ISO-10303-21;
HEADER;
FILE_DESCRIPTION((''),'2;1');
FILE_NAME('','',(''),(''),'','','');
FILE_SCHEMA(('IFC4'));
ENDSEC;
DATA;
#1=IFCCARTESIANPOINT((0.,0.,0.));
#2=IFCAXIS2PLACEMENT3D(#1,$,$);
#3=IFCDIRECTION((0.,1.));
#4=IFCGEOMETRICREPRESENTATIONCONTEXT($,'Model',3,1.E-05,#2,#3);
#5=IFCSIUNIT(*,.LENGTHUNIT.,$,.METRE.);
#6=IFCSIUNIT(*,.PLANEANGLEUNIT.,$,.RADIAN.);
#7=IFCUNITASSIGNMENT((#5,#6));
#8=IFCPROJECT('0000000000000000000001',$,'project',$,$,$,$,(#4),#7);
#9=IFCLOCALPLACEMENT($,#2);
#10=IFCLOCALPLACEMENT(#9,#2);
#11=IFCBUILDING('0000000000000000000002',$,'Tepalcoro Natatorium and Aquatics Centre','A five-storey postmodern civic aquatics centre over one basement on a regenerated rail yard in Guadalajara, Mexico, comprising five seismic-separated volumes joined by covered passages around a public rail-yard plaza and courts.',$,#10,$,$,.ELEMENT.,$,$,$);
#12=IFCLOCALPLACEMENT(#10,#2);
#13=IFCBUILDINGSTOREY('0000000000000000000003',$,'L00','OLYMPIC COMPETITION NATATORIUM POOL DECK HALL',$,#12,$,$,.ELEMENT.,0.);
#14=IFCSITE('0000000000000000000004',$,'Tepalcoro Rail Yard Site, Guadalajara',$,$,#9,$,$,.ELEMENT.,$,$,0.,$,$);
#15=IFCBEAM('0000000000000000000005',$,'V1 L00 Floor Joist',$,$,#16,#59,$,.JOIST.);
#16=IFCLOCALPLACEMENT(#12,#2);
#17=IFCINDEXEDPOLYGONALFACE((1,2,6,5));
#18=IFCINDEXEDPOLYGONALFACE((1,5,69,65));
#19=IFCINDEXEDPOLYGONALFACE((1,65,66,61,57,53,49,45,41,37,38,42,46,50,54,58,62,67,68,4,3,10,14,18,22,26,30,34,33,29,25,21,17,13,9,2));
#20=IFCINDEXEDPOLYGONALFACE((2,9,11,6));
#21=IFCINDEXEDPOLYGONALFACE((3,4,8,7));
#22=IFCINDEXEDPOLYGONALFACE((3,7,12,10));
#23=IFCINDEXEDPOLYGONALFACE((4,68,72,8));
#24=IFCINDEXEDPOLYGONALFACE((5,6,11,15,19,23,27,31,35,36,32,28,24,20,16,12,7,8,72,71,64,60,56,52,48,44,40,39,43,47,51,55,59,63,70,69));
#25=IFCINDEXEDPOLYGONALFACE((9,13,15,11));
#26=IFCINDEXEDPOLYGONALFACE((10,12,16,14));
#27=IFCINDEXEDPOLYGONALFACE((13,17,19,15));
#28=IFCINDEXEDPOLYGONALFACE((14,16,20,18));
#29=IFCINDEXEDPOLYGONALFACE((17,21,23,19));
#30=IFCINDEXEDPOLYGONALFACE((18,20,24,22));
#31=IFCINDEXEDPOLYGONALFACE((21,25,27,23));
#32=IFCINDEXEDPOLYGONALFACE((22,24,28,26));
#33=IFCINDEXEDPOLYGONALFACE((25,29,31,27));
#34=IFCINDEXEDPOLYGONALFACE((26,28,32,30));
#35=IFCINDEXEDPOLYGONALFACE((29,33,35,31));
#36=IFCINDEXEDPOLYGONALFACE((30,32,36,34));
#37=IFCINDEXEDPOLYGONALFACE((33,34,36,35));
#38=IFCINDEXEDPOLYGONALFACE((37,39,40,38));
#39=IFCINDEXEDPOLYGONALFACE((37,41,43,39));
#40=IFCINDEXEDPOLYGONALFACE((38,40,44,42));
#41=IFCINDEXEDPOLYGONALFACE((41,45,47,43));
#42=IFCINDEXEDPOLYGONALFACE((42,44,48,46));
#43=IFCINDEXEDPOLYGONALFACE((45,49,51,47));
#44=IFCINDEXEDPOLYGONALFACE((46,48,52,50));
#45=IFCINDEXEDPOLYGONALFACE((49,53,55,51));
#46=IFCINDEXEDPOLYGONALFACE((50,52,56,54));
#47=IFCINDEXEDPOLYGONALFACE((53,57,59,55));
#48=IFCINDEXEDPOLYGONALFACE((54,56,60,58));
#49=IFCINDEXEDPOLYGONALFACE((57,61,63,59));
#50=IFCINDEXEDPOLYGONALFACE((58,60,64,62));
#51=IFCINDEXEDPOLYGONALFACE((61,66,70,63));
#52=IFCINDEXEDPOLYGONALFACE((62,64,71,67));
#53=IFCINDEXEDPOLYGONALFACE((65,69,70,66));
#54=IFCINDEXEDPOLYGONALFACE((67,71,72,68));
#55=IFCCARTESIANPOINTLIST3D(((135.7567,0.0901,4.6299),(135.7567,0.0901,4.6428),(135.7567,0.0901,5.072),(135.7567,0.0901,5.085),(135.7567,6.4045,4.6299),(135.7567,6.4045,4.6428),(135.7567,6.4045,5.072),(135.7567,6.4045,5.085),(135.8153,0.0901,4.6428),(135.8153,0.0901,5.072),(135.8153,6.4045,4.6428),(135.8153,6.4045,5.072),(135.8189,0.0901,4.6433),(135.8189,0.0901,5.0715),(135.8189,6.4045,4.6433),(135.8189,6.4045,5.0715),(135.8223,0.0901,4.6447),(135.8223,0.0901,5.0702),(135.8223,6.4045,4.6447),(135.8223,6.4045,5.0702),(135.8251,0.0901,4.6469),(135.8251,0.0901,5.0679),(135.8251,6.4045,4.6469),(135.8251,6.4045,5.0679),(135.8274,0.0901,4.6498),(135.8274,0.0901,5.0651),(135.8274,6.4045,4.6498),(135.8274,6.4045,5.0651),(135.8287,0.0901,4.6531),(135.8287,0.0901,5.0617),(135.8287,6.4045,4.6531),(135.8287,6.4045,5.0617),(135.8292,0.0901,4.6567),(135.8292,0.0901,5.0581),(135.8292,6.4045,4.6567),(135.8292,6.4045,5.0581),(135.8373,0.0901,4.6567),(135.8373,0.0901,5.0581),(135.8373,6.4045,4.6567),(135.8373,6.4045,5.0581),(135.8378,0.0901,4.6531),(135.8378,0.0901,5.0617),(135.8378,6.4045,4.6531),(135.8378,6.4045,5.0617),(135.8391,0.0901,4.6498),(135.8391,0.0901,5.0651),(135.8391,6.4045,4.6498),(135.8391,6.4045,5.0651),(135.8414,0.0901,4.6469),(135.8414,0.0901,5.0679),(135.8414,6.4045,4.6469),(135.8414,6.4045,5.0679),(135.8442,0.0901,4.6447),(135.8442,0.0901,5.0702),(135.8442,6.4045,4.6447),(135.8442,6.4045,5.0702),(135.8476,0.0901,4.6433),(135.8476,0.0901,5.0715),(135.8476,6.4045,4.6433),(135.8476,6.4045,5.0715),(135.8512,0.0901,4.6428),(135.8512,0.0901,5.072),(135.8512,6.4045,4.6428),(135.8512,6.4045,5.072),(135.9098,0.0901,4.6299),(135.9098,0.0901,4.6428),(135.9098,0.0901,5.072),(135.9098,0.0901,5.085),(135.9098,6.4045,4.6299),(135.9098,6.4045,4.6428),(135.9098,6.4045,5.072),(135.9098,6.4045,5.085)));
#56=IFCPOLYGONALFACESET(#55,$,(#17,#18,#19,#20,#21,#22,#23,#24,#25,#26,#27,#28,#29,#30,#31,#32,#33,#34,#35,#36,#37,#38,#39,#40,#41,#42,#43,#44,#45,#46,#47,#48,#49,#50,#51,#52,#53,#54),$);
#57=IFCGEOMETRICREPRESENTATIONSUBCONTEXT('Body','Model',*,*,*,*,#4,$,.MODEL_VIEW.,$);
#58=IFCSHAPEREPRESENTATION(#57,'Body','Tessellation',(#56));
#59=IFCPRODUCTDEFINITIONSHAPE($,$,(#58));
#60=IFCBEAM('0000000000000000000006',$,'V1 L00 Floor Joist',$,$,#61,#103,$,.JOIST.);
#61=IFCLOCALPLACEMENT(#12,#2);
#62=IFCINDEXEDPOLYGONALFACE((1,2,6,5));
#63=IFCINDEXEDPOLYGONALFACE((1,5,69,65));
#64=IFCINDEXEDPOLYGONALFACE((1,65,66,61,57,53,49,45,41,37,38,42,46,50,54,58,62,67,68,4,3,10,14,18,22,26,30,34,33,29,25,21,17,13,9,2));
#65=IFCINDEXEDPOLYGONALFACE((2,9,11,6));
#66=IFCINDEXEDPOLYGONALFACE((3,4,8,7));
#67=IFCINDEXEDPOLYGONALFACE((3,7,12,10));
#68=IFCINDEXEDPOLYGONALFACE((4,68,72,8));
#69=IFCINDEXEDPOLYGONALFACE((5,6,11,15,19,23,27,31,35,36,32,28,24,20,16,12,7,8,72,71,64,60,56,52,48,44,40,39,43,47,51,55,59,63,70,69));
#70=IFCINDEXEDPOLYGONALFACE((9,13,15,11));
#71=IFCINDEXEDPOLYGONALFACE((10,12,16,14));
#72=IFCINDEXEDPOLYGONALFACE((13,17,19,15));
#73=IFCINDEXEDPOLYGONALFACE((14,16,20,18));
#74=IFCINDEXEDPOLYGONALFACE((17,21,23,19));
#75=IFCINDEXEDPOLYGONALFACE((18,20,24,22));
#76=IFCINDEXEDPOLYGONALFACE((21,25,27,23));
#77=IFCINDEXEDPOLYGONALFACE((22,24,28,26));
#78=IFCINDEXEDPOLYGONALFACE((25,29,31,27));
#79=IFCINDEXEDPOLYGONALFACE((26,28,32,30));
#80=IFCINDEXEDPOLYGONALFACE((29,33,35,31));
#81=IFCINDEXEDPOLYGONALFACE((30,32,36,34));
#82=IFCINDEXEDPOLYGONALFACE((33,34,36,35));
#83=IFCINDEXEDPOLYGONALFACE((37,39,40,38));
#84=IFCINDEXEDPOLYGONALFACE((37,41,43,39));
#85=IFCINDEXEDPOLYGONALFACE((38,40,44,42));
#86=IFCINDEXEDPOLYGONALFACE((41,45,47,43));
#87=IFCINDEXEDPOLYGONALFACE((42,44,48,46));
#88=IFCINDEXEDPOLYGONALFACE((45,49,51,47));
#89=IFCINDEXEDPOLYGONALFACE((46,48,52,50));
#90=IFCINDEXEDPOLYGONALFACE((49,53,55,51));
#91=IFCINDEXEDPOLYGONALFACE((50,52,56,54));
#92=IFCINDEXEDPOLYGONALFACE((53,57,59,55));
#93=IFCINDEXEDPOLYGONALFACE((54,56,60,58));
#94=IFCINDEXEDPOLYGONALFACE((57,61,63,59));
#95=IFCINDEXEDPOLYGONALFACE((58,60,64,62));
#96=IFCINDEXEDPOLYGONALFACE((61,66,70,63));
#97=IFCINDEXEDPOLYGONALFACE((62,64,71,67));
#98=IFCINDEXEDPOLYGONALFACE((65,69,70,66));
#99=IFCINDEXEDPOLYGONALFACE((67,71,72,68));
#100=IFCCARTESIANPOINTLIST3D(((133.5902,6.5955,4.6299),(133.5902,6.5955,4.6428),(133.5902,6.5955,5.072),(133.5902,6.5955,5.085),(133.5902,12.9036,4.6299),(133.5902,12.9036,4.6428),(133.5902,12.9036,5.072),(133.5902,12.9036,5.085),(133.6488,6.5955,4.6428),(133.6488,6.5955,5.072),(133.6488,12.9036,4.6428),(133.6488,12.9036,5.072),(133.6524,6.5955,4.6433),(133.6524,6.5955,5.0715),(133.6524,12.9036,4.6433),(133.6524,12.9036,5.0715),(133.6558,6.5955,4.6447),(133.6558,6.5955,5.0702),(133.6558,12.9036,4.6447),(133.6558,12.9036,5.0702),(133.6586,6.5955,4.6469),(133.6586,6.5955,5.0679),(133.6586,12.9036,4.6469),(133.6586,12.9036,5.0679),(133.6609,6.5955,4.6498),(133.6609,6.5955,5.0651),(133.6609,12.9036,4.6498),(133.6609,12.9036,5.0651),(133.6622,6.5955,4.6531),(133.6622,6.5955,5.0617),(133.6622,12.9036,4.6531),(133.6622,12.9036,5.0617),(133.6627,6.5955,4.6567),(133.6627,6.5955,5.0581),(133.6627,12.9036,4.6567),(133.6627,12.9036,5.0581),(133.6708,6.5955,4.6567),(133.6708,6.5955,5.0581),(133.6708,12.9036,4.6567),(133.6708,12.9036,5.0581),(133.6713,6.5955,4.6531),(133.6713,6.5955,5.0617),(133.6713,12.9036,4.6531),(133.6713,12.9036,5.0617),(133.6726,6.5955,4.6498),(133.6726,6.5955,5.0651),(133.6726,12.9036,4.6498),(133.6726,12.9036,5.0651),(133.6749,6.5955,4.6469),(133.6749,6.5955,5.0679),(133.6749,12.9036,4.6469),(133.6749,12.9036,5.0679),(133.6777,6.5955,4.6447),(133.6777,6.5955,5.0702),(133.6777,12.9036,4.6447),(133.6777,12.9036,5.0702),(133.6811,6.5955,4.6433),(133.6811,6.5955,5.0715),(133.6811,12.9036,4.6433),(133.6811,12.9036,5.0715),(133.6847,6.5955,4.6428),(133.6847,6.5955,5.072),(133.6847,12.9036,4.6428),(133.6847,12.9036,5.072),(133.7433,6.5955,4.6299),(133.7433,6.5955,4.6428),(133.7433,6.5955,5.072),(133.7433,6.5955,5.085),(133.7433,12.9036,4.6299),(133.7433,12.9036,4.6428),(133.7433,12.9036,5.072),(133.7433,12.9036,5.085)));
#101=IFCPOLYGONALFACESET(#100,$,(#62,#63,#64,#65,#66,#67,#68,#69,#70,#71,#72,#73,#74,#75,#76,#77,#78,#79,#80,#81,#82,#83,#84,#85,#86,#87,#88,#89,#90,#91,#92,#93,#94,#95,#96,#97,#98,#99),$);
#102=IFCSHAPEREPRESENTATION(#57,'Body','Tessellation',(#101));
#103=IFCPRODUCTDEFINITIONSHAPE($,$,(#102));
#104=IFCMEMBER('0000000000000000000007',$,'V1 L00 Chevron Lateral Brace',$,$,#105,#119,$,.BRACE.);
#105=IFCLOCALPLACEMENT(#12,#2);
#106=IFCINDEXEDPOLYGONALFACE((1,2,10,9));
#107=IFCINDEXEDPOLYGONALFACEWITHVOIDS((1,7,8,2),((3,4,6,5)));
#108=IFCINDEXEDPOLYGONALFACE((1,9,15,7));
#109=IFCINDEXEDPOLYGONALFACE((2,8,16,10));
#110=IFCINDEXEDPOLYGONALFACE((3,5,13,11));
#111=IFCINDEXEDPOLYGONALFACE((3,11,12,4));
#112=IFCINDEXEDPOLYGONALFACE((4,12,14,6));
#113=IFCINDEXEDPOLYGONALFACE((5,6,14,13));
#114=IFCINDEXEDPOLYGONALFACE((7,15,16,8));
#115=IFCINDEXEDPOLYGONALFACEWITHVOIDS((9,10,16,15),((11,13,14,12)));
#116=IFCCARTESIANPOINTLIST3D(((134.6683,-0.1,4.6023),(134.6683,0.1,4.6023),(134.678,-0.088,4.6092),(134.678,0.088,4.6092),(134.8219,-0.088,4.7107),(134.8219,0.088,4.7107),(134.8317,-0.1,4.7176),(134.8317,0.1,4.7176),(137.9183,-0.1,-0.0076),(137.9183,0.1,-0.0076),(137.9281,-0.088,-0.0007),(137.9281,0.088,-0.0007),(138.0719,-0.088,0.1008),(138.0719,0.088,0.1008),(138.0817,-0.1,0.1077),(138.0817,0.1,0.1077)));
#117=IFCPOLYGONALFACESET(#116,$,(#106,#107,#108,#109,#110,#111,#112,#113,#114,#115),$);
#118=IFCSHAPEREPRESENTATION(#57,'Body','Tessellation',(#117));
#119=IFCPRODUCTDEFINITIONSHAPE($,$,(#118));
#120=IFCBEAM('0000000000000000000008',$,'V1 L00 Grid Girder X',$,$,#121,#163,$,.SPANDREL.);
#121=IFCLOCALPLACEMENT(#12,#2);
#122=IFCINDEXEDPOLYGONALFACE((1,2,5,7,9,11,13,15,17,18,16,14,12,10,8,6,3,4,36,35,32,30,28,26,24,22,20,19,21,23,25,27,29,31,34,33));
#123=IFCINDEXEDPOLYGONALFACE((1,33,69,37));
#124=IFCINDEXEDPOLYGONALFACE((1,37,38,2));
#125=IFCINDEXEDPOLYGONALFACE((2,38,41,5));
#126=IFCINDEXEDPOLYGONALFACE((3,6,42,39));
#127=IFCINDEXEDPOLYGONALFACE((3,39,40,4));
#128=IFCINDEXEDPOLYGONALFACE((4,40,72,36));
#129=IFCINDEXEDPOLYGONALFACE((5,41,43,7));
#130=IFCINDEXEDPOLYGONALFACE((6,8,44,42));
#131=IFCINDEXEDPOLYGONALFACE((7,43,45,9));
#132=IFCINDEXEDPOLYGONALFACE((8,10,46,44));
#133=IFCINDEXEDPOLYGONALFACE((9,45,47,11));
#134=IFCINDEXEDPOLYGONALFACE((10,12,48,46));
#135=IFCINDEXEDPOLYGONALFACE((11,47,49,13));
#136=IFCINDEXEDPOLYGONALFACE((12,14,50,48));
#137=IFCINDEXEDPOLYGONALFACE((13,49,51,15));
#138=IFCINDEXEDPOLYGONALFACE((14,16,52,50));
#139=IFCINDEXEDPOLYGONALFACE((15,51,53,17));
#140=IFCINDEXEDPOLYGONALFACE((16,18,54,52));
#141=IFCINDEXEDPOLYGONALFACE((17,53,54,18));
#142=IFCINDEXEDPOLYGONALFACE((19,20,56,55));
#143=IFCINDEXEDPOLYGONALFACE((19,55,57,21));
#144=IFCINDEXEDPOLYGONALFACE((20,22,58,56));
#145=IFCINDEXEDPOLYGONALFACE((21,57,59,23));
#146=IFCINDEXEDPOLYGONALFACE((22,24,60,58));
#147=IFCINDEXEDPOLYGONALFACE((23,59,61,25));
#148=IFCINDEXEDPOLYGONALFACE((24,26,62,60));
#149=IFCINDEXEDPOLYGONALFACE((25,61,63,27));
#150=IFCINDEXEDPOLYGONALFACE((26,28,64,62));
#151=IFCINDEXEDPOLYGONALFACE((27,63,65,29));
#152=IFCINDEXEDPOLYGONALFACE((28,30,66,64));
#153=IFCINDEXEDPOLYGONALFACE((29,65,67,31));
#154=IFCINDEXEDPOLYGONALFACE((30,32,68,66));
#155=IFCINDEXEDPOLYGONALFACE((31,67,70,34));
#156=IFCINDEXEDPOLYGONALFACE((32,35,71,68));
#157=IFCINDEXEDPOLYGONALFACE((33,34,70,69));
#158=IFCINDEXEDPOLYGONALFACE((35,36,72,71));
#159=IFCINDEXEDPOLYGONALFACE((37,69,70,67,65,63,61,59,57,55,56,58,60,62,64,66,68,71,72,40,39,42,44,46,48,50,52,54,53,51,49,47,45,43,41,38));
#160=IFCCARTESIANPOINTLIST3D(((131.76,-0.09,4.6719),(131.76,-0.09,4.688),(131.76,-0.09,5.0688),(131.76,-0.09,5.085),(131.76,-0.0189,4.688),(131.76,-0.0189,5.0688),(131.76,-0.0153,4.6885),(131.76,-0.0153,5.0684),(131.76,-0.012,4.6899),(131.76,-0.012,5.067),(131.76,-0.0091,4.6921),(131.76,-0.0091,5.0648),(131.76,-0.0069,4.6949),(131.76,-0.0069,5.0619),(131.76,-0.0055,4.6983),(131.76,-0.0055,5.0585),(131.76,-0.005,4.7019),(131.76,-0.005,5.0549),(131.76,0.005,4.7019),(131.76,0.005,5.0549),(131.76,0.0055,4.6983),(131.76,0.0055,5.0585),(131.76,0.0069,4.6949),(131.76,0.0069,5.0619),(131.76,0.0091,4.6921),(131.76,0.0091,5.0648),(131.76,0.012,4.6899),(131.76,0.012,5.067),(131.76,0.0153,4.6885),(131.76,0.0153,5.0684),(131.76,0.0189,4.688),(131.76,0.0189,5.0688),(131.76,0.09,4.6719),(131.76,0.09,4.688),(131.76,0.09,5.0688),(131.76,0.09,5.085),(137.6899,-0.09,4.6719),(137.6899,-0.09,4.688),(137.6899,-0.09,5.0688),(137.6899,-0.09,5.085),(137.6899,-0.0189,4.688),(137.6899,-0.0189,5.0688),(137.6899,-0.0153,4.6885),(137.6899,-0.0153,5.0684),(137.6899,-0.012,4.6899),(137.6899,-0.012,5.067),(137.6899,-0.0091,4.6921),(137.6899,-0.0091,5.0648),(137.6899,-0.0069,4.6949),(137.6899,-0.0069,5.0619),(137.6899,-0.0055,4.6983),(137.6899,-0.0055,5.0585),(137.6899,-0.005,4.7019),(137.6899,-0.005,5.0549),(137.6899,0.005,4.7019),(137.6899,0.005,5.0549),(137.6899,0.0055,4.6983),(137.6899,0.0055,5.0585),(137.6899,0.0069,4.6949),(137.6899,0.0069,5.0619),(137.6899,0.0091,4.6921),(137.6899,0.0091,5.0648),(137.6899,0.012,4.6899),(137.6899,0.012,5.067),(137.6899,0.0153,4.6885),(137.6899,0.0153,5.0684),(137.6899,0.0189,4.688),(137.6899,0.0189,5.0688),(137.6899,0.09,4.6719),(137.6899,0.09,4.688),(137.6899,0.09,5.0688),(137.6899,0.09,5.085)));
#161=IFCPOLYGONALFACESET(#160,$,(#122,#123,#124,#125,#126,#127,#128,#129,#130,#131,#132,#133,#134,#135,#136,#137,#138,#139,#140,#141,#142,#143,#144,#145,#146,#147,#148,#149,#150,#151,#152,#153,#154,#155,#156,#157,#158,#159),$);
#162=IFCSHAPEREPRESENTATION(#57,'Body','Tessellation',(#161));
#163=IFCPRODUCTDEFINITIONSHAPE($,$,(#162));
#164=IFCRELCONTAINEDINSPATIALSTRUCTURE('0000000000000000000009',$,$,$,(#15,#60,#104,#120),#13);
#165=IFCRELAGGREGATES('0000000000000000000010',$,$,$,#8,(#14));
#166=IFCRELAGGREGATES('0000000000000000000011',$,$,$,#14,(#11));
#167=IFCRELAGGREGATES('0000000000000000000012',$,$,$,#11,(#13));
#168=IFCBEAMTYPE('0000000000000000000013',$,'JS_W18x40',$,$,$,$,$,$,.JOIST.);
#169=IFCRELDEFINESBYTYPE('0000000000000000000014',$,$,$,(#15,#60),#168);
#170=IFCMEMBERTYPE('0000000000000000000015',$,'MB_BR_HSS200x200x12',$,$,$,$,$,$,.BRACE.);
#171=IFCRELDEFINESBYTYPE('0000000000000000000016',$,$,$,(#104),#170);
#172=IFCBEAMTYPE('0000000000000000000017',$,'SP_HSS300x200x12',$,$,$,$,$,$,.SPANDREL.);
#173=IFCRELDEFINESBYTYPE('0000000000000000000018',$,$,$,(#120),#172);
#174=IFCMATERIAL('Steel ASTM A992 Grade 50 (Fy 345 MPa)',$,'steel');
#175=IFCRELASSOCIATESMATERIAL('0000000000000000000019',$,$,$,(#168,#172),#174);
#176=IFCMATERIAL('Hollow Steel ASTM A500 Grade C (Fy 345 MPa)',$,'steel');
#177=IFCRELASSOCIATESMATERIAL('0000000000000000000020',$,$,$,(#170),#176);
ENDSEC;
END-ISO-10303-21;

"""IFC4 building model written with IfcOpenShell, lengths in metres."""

from ifc_helpers import new_model, si_unit, direction, frame, origin, origin_2d, place, context, subcontext, project, spatial, hollow_rectangle, i_section, extrude, material, material_profile, profile_set, type_object, element, save


model = new_model("IFC4")

# Units and contexts
model_context = context("Model", 3, precision=1e-05, world=origin(), true_north=direction((0.0, 1.0)))
body_context = subcontext(model_context, "Body", "Model", "MODEL_VIEW")
ifc_project = project(units=[si_unit("LENGTHUNIT", "METRE"), si_unit("PLANEANGLEUNIT", "RADIAN")], contexts=[model_context])

# Site, building, storey
site_placement = place(None, origin())
site = spatial("IfcSite", under=ifc_project, at=site_placement, Name="Tepalcoro Rail Yard Site, Guadalajara", CompositionType="ELEMENT", RefElevation=0.0)
building_placement = place(site_placement, origin())
building = spatial("IfcBuilding", under=site, at=building_placement, Name="Tepalcoro Natatorium and Aquatics Centre", Description="A five-storey postmodern civic aquatics centre over one basement on a regenerated rail yard in Guadalajara, Mexico, comprising five seismic-separated volumes joined by covered passages around a public rail-yard plaza and courts.", CompositionType="ELEMENT")
storey_placement = place(building_placement, origin())
storey = spatial("IfcBuildingStorey", under=building, at=storey_placement, Name="L00", Description="OLYMPIC COMPETITION NATATORIUM POOL DECK HALL", CompositionType="ELEMENT", Elevation=0.0)

# Shared definitions
ifc_material_1 = material(Name="Steel ASTM A992 Grade 50 (Fy 345 MPa)", Category="steel")

# Beams
ifc_material_profile_1 = material_profile(ifc_material_1, i_section(OverallWidth=0.1531, OverallDepth=0.4551, WebThickness=0.0081, FlangeThickness=0.0129, FilletRadius=0.0139, at=origin_2d()), Name="W18X40")
ifc_profile_set_1 = profile_set([ifc_material_profile_1], Name="Steel ASTM A992 Grade 50 (Fy 345 MPa)")
beam_type_1 = type_object("IfcBeamType", Name="JS_W18x40", PredefinedType="JOIST", material=ifc_profile_set_1)
beam_1_placement = place(storey_placement, frame((135.8333, 0.0901, 4.8574), z_axis=(0.0, 1.0, 0.0), x_axis=(-1.0, 0.0, 0.0)))
element("IfcBeam", 1, at=beam_1_placement, inside=storey, type_object=beam_type_1, Name="V1 L00 Floor Joist", PredefinedType="JOIST", context=body_context, shape_type="SweptSolid", body=[
    extrude(i_section(OverallWidth=0.1531, OverallDepth=0.4551, WebThickness=0.0081, FlangeThickness=0.0129, FilletRadius=0.0139, at=origin_2d()), origin(), (0.0, 0.0, 1.0), 6.3145),
])
beam_2_placement = place(storey_placement, frame((133.6667, 6.5955, 4.8574), z_axis=(0.0, 1.0, 0.0), x_axis=(-1.0, 0.0, 0.0)))
element("IfcBeam", 2, at=beam_2_placement, inside=storey, type_object=beam_type_1, Name="V1 L00 Floor Joist", PredefinedType="JOIST", context=body_context, shape_type="SweptSolid", body=[
    extrude(i_section(OverallWidth=0.1531, OverallDepth=0.4551, WebThickness=0.0081, FlangeThickness=0.0129, FilletRadius=0.0139, at=origin_2d()), origin(), (0.0, 0.0, 1.0), 6.3081),
])

# Member
ifc_material_2 = material(Name="Hollow Steel ASTM A500 Grade C (Fy 345 MPa)", Category="steel")
ifc_material_profile_2 = material_profile(ifc_material_2, hollow_rectangle(XDim=0.2, YDim=0.2, WallThickness=0.012, at=origin_2d()), Name="HSS200X200X12")
ifc_profile_set_2 = profile_set([ifc_material_profile_2], Name="Hollow Steel ASTM A500 Grade C (Fy 345 MPa)")
member_type_1 = type_object("IfcMemberType", Name="MB_BR_HSS200x200x12", PredefinedType="BRACE", material=ifc_profile_set_2)
member_1_placement = place(storey_placement, frame((138.0, 0.0, 0.05), z_axis=(-0.576207, 0.0, 0.817304), x_axis=(0.0, -1.0, 0.0)))
element("IfcMember", 3, at=member_1_placement, inside=storey, type_object=member_type_1, Name="V1 L00 Chevron Lateral Brace", PredefinedType="BRACE", context=body_context, shape_type="SweptSolid", body=[
    extrude(hollow_rectangle(XDim=0.2, YDim=0.2, WallThickness=0.012, at=origin_2d()), origin(), (0.0, 0.0, 1.0), 5.6404),
])

# Beam
ifc_material_profile_3 = material_profile(ifc_material_1, i_section(OverallWidth=0.1799, OverallDepth=0.4131, WebThickness=0.01, FlangeThickness=0.0161, FilletRadius=0.0139, at=origin_2d()), Name="W16X50")
ifc_profile_set_3 = profile_set([ifc_material_profile_3], Name="Steel ASTM A992 Grade 50 (Fy 345 MPa)")
beam_type_2 = type_object("IfcBeamType", Name="SP_HSS300x200x12", PredefinedType="SPANDREL", material=ifc_profile_set_3)
beam_3_placement = place(storey_placement, frame((131.76, 0.0, 4.8784), z_axis=(1.0, 0.0, 0.0), x_axis=(0.0, 1.0, 0.0)))
element("IfcBeam", 4, at=beam_3_placement, inside=storey, type_object=beam_type_2, Name="V1 L00 Grid Girder X", PredefinedType="SPANDREL", context=body_context, shape_type="SweptSolid", body=[
    extrude(i_section(OverallWidth=0.1799, OverallDepth=0.4131, WebThickness=0.01, FlangeThickness=0.0161, FilletRadius=0.0139, at=origin_2d()), origin(), (0.0, 0.0, 1.0), 5.9299),
])

save(model, "model.ifc")
